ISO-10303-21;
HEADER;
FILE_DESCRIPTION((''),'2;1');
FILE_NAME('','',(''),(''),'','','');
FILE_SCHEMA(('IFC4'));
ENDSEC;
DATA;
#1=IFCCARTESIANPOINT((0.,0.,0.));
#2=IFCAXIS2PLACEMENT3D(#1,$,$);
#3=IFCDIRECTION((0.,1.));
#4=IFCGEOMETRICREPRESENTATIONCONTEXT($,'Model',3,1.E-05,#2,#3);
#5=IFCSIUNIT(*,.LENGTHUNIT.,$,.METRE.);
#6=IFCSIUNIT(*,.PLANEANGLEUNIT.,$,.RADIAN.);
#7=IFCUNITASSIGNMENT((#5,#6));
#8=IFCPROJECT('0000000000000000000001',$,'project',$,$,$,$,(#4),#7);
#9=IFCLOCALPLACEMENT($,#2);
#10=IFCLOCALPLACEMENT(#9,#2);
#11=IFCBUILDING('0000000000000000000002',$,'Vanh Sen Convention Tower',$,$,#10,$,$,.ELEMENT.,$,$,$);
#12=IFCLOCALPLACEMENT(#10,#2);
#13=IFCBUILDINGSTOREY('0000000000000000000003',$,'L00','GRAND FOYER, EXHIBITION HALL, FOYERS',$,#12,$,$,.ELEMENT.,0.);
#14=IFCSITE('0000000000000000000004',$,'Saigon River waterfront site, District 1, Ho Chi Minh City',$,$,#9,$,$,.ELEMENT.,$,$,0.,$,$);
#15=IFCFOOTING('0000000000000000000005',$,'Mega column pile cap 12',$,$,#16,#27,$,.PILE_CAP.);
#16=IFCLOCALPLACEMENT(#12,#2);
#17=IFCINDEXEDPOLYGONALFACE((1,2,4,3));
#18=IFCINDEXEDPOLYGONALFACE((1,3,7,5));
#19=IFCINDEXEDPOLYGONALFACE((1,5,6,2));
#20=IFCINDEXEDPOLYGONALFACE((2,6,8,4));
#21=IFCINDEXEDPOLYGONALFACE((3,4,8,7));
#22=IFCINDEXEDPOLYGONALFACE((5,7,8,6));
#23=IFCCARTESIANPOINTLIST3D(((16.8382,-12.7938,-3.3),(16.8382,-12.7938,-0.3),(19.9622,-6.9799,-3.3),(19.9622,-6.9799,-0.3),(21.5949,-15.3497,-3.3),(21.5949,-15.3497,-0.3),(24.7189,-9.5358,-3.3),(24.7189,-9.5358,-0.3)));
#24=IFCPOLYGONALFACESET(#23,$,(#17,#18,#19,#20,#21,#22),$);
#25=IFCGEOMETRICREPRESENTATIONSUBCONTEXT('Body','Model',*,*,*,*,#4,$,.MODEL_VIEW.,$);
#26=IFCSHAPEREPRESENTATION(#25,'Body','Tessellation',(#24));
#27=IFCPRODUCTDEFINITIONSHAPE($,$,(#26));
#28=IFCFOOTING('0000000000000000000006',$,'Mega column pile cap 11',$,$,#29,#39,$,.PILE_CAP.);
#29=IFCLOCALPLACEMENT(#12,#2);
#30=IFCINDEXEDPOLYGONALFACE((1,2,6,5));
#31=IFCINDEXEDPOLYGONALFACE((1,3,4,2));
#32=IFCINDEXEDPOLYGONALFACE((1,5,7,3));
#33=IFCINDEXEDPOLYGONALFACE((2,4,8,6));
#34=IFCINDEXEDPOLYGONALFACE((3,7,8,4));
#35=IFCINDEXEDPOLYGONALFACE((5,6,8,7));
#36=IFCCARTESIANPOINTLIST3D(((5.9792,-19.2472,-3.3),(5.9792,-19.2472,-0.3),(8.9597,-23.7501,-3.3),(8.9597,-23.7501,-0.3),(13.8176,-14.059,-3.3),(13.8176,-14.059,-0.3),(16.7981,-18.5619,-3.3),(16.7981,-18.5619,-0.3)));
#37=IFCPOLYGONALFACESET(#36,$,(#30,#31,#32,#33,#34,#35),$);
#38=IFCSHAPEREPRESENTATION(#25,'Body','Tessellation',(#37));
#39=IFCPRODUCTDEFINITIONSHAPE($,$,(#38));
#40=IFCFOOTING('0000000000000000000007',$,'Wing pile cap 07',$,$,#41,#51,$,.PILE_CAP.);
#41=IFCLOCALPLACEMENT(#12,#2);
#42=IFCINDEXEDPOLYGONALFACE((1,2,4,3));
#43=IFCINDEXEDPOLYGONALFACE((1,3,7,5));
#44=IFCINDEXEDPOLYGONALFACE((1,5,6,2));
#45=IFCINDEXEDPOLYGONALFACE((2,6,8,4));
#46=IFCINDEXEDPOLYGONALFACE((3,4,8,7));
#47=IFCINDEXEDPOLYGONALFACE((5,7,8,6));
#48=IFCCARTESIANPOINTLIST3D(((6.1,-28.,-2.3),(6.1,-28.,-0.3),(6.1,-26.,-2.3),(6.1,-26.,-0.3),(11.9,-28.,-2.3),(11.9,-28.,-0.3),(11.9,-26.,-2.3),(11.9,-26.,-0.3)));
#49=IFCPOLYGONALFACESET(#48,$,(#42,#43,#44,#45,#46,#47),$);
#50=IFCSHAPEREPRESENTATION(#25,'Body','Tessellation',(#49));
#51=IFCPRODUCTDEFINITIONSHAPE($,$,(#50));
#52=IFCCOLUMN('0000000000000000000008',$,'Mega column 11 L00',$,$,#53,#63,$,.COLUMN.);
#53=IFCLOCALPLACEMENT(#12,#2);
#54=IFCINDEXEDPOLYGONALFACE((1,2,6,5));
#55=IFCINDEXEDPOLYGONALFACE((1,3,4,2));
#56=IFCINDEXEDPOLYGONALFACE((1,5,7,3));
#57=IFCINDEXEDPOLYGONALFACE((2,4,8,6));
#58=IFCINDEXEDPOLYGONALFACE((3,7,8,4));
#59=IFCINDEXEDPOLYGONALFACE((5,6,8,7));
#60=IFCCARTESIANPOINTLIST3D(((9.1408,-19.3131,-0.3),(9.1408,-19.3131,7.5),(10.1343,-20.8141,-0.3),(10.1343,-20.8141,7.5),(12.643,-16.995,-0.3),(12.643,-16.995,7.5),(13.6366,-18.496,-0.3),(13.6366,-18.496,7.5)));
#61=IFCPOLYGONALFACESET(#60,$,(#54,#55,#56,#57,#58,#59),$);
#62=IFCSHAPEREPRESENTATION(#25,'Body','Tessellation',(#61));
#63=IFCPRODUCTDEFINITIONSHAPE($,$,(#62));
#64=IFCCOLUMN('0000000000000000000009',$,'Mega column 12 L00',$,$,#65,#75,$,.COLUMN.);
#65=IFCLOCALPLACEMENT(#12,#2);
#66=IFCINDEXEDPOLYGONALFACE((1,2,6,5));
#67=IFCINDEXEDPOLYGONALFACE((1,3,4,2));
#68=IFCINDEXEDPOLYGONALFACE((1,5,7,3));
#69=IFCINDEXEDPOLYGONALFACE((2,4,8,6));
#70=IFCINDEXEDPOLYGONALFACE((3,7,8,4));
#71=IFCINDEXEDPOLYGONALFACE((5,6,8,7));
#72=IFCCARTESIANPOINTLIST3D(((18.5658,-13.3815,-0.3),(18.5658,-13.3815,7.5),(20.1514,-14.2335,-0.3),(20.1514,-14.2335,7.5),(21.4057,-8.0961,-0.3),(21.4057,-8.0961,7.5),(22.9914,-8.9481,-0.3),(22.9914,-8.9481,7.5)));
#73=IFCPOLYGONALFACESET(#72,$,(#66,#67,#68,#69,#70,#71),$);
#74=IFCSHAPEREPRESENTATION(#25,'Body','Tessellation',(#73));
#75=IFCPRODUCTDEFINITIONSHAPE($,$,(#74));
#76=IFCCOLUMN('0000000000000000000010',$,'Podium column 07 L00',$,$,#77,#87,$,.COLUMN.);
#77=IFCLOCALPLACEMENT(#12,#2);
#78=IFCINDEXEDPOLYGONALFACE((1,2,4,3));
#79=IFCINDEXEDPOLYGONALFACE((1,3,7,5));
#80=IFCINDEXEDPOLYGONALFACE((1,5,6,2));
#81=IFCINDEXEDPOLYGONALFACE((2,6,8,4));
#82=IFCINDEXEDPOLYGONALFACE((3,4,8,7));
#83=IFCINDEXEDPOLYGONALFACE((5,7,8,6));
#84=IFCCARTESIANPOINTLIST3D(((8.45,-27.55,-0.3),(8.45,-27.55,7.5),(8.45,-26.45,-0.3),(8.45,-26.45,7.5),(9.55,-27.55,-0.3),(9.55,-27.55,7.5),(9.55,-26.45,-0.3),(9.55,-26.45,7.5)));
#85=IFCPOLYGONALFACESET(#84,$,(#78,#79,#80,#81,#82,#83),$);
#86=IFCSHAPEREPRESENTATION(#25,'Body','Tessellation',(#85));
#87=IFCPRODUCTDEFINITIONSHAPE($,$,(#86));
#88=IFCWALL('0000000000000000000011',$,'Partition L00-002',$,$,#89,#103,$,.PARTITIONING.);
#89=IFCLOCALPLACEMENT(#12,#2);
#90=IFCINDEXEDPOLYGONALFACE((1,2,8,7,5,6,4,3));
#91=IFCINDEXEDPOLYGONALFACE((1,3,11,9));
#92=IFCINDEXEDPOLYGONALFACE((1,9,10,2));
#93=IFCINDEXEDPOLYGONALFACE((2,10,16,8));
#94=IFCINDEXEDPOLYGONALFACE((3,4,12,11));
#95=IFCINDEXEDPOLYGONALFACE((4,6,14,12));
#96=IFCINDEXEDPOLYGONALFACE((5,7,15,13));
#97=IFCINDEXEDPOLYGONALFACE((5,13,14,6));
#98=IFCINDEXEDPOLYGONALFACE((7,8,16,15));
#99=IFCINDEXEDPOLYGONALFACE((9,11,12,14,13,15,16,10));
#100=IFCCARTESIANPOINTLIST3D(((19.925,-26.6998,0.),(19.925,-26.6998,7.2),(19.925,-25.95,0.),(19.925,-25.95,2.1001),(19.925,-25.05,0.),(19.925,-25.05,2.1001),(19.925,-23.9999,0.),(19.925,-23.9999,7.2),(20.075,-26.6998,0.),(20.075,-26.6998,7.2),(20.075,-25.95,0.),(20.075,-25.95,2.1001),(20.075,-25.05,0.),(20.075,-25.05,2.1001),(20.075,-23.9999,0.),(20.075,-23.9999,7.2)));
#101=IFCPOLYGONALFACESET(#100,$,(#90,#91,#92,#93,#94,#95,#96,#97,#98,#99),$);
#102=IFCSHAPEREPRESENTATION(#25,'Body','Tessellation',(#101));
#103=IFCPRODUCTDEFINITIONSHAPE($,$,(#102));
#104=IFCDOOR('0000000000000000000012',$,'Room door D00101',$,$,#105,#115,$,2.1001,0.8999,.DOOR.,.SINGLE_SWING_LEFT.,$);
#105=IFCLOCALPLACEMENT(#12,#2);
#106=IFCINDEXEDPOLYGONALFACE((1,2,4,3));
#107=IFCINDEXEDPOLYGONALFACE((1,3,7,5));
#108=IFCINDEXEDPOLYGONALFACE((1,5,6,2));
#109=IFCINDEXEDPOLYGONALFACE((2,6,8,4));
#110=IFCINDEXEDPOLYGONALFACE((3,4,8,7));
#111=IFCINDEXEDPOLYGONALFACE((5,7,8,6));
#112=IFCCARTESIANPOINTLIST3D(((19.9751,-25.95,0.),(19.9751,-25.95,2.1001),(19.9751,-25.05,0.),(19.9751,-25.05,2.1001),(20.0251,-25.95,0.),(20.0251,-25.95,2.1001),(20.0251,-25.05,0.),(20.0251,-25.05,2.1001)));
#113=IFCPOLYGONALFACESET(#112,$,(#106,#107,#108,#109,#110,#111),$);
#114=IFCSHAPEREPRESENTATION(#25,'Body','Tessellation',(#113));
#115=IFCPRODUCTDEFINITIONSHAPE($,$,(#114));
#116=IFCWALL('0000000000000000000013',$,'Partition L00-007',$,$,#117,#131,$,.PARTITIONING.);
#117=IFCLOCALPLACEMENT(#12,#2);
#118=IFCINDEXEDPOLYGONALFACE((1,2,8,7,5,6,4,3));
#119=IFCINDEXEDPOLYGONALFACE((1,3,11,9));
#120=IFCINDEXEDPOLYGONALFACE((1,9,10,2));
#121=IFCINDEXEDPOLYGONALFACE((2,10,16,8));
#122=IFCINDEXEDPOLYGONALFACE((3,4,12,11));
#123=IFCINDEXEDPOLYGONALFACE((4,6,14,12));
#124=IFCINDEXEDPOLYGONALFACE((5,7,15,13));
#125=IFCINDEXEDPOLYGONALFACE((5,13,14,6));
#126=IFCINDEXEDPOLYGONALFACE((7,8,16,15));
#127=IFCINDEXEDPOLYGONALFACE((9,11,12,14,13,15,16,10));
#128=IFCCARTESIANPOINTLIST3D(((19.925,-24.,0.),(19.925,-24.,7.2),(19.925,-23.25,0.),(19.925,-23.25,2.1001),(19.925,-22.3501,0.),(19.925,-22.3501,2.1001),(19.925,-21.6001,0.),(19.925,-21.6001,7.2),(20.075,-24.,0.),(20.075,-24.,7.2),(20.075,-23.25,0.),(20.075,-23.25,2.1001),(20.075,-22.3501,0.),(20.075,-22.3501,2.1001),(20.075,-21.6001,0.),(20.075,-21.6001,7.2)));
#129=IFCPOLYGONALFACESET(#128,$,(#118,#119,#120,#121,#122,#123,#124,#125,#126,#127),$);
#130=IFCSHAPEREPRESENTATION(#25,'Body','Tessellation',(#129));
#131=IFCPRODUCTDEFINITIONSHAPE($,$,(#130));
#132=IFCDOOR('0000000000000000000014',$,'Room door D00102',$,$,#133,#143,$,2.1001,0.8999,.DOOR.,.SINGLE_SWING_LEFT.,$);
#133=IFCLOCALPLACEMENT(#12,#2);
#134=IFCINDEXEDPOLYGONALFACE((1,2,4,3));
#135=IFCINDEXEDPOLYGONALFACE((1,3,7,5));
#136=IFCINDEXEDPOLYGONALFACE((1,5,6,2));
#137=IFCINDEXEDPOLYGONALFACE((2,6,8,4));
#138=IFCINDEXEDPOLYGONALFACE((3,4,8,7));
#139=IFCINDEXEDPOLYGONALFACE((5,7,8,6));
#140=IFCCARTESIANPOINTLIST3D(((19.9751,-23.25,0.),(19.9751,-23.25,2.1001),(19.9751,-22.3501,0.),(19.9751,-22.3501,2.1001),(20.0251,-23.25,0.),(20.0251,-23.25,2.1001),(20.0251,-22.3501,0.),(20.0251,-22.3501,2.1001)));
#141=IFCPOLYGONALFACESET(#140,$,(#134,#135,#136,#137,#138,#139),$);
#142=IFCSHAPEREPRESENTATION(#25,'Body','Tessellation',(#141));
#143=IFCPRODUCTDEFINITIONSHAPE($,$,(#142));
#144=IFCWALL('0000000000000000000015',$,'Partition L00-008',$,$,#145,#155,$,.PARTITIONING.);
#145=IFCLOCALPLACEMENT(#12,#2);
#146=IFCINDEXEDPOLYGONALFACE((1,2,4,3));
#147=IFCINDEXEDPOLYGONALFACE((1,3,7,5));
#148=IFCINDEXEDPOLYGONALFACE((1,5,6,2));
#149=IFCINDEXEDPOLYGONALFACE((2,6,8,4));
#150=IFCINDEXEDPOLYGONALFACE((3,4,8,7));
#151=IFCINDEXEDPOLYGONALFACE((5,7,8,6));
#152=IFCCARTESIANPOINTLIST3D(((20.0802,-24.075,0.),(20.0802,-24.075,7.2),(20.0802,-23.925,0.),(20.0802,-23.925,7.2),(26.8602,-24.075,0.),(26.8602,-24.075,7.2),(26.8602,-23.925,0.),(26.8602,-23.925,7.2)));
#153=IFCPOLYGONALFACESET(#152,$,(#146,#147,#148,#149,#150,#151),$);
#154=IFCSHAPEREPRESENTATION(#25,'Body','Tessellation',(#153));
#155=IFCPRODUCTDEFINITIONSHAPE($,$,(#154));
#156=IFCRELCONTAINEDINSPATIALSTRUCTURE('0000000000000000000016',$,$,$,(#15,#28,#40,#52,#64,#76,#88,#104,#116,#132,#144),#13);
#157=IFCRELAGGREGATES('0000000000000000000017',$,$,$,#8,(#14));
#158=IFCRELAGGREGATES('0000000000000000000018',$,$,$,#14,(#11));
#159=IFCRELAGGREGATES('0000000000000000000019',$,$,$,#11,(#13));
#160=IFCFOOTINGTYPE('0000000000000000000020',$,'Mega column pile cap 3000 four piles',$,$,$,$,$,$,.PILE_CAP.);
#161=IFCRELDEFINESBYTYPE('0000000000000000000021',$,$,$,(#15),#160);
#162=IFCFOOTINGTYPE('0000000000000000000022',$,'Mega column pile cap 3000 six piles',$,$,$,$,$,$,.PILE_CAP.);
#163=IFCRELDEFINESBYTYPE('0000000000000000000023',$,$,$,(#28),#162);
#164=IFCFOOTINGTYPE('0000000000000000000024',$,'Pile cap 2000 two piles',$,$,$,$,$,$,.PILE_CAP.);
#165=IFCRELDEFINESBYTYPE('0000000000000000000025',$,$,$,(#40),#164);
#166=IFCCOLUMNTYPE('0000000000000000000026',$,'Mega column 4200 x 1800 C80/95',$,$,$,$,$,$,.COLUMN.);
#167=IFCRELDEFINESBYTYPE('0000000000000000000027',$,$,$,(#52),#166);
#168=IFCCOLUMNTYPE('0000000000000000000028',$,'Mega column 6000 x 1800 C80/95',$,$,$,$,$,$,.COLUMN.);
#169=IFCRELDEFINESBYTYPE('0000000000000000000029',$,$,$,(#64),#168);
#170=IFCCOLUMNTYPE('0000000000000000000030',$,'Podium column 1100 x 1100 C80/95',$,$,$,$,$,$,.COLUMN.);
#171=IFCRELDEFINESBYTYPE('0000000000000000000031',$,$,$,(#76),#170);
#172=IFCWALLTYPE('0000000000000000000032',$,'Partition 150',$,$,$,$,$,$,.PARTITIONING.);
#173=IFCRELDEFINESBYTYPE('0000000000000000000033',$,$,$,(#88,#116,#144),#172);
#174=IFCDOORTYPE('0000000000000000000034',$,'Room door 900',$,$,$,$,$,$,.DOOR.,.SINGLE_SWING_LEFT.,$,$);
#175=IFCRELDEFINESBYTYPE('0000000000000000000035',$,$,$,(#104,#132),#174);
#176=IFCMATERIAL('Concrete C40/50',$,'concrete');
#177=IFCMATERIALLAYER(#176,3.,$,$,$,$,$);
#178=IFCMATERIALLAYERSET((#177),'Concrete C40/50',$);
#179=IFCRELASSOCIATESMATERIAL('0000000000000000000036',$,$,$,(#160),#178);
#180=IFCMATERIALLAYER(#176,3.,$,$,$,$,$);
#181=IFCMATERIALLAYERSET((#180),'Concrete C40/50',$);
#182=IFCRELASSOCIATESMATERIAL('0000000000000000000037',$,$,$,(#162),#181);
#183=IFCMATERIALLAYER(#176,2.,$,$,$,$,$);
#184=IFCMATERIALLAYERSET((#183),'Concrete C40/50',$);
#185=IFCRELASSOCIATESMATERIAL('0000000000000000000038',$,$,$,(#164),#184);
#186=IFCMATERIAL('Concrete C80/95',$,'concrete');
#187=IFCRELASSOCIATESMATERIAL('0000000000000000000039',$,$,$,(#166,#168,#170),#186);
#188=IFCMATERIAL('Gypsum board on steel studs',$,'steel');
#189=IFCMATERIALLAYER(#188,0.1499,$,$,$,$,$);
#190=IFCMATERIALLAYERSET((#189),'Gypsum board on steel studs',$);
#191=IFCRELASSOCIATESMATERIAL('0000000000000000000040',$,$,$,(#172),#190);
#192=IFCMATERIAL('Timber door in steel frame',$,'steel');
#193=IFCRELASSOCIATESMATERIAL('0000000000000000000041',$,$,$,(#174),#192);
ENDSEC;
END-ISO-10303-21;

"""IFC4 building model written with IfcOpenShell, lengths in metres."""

from ifc_helpers import new_model, si_unit, direction, frame, frame_2d, origin, origin_2d, place, context, subcontext, project, spatial, rectangle, extrude, material, layer, layer_set, material_profile, profile_set, type_object, element, fill, save


model = new_model("IFC4")

# Units and contexts
model_context = context("Model", 3, precision=1e-05, world=origin(), true_north=direction((0.0, 1.0)))
body_context = subcontext(model_context, "Body", "Model", "MODEL_VIEW")
ifc_project = project(units=[si_unit("LENGTHUNIT", "METRE"), si_unit("PLANEANGLEUNIT", "RADIAN")], contexts=[model_context])

# Site, building, storey
site_placement = place(None, origin())
site = spatial("IfcSite", under=ifc_project, at=site_placement, Name="Saigon River waterfront site, District 1, Ho Chi Minh City", CompositionType="ELEMENT", RefElevation=0.0)
building_placement = place(site_placement, origin())
building = spatial("IfcBuilding", under=site, at=building_placement, Name="Vanh Sen Convention Tower", CompositionType="ELEMENT")
storey_placement = place(building_placement, origin())
storey = spatial("IfcBuildingStorey", under=building, at=storey_placement, Name="L00", Description="GRAND FOYER, EXHIBITION HALL, FOYERS", CompositionType="ELEMENT", Elevation=0.0)

# Shared definitions
ifc_material_1 = material(Name="Concrete C40/50", Category="concrete")

# Footings
ifc_layer_1 = layer(ifc_material_1, 3.0)
ifc_layer_set_1 = layer_set([ifc_layer_1], Name="Concrete C40/50")
footing_type_1 = type_object("IfcFootingType", Name="Mega column pile cap 3000 four piles", PredefinedType="PILE_CAP", material=ifc_layer_set_1)
footing_1_placement = place(storey_placement, frame((20.7786, -11.1648, -3.3), z_axis=(0.0, 0.0, 1.0), x_axis=(0.473323, 0.880889, 0.0)))
element("IfcFooting", 1, at=footing_1_placement, inside=storey, type_object=footing_type_1, Name="Mega column pile cap 12", PredefinedType="PILE_CAP", context=body_context, shape_type="SweptSolid", body=[
    extrude(rectangle(XDim=6.6001, YDim=5.3999, at=origin_2d()), origin(), (0.0, 0.0, 1.0), 3.0),
])
ifc_layer_2 = layer(ifc_material_1, 3.0)
ifc_layer_set_2 = layer_set([ifc_layer_2], Name="Concrete C40/50")
footing_type_2 = type_object("IfcFootingType", Name="Mega column pile cap 3000 six piles", PredefinedType="PILE_CAP", material=ifc_layer_set_2)
footing_2_placement = place(storey_placement, frame((11.3887, -18.9045, -3.3), z_axis=(0.0, 0.0, 1.0), x_axis=(0.83388, 0.551946, 0.0)))
element("IfcFooting", 2, at=footing_2_placement, inside=storey, type_object=footing_type_2, Name="Mega column pile cap 11", PredefinedType="PILE_CAP", context=body_context, shape_type="SweptSolid", body=[
    extrude(rectangle(XDim=9.3999, YDim=5.3999, at=origin_2d()), origin(), (0.0, 0.0, 1.0), 3.0),
])
ifc_layer_3 = layer(ifc_material_1, 2.0)
ifc_layer_set_3 = layer_set([ifc_layer_3], Name="Concrete C40/50")
footing_type_3 = type_object("IfcFootingType", Name="Pile cap 2000 two piles", PredefinedType="PILE_CAP", material=ifc_layer_set_3)
footing_3_placement = place(storey_placement, frame((9.0, -27.0, -2.3), z_axis=(0.0, 0.0, 1.0), x_axis=(1.0, 0.0, 0.0)))
element("IfcFooting", 3, at=footing_3_placement, inside=storey, type_object=footing_type_3, Name="Wing pile cap 07", PredefinedType="PILE_CAP", context=body_context, shape_type="SweptSolid", body=[
    extrude(rectangle(XDim=5.8, YDim=2.0, at=origin_2d()), origin(), (0.0, 0.0, 1.0), 2.0),
])

# Columns
ifc_material_2 = material(Name="Concrete C80/95", Category="concrete")
ifc_material_profile_1 = material_profile(ifc_material_2, rectangle(XDim=4.2, YDim=1.8, at=origin_2d()), Name="RC 4200X1800")
ifc_profile_set_1 = profile_set([ifc_material_profile_1], Name="Concrete C80/95")
column_type_1 = type_object("IfcColumnType", Name="Mega column 4200 x 1800 C80/95", PredefinedType="COLUMN", material=ifc_profile_set_1)
column_1_placement = place(storey_placement, frame((11.3887, -18.9045, -0.3), z_axis=(0.0, 0.0, 1.0), x_axis=(0.83388, 0.551946, 0.0)))
element("IfcColumn", 4, at=column_1_placement, inside=storey, type_object=column_type_1, Name="Mega column 11 L00", PredefinedType="COLUMN", context=body_context, shape_type="SweptSolid", body=[
    extrude(rectangle(XDim=4.2, YDim=1.8, at=origin_2d()), origin(), (0.0, 0.0, 1.0), 7.8),
])
ifc_material_profile_2 = material_profile(ifc_material_2, rectangle(XDim=6.0, YDim=1.8, at=origin_2d()), Name="RC 6000X1800")
ifc_profile_set_2 = profile_set([ifc_material_profile_2], Name="Concrete C80/95")
column_type_2 = type_object("IfcColumnType", Name="Mega column 6000 x 1800 C80/95", PredefinedType="COLUMN", material=ifc_profile_set_2)
column_2_placement = place(storey_placement, frame((20.7786, -11.1648, -0.3), z_axis=(0.0, 0.0, 1.0), x_axis=(0.473323, 0.880889, 0.0)))
element("IfcColumn", 5, at=column_2_placement, inside=storey, type_object=column_type_2, Name="Mega column 12 L00", PredefinedType="COLUMN", context=body_context, shape_type="SweptSolid", body=[
    extrude(rectangle(XDim=6.0, YDim=1.8, at=origin_2d()), origin(), (0.0, 0.0, 1.0), 7.8),
])
ifc_material_profile_3 = material_profile(ifc_material_2, rectangle(XDim=1.1001, YDim=1.1001, at=origin_2d()), Name="RC 1100X1100")
ifc_profile_set_3 = profile_set([ifc_material_profile_3], Name="Concrete C80/95")
column_type_3 = type_object("IfcColumnType", Name="Podium column 1100 x 1100 C80/95", PredefinedType="COLUMN", material=ifc_profile_set_3)
column_3_placement = place(storey_placement, frame((9.0, -27.0, -0.3), z_axis=(0.0, 0.0, 1.0), x_axis=(1.0, 0.0, 0.0)))
element("IfcColumn", 6, at=column_3_placement, inside=storey, type_object=column_type_3, Name="Podium column 07 L00", PredefinedType="COLUMN", context=body_context, shape_type="SweptSolid", body=[
    extrude(rectangle(XDim=1.1001, YDim=1.1001, at=origin_2d()), origin(), (0.0, 0.0, 1.0), 7.8),
])

# Walls, openings, doors
ifc_material_3 = material(Name="Gypsum board on steel studs", Category="steel")
ifc_layer_4 = layer(ifc_material_3, 0.1499)
ifc_layer_set_4 = layer_set([ifc_layer_4], Name="Gypsum board on steel studs")
wall_type_1 = type_object("IfcWallType", Name="Partition 150", PredefinedType="PARTITIONING", material=ifc_layer_set_4)
wall_1_placement = place(storey_placement, frame((20.0, -26.7, 0.0), z_axis=(0.0, 0.0, 1.0), x_axis=(0.0, 1.0, 0.0)))
wall_1 = element("IfcWall", 7, at=wall_1_placement, inside=storey, type_object=wall_type_1, Name="Partition L00-002", PredefinedType="PARTITIONING", context=body_context, shape_type="SweptSolid", body=[
    extrude(rectangle(XDim=2.7, YDim=0.1499, at=frame_2d((1.3501, 0.0))), origin(), (0.0, 0.0, 1.0), 7.2),
])
opening_1_placement = place(wall_1_placement, frame((0.75, 0.0, 0.0)))
opening_1 = element("IfcOpeningElement", 8, at=opening_1_placement, cuts=wall_1, PredefinedType="OPENING", context=body_context, shape_type="SweptSolid", body=[
    extrude(rectangle(XDim=0.8999, YDim=2.1001, at=frame_2d((0.45, 1.05))), frame((0.0, 0.085, 0.0), z_axis=(0.0, -1.0, 0.0), x_axis=(1.0, 0.0, 0.0)), (0.0, 0.0, 1.0), 0.1699),
])
ifc_material_4 = material(Name="Timber door in steel frame", Category="steel")
door_type_1 = type_object("IfcDoorType", Name="Room door 900", OperationType="SINGLE_SWING_LEFT", PredefinedType="DOOR", material=ifc_material_4)
door_1_placement = place(opening_1_placement, origin())
door_1 = element("IfcDoor", 9, at=door_1_placement, inside=storey, type_object=door_type_1, Name="Room door D00101", OperationType="SINGLE_SWING_LEFT", OverallHeight=2.1001, OverallWidth=0.8999, PredefinedType="DOOR", context=body_context, shape_type="SweptSolid", body=[
    extrude(rectangle(XDim=0.8999, YDim=2.1001, at=frame_2d((0.45, 1.05))), frame((0.0, 0.0249, 0.0), z_axis=(0.0, -1.0, 0.0), x_axis=(1.0, 0.0, 0.0)), (0.0, 0.0, 1.0), 0.05),
])
fill(opening_1, door_1)
wall_2_placement = place(storey_placement, frame((20.0, -24.0, 0.0), z_axis=(0.0, 0.0, 1.0), x_axis=(0.0, 1.0, 0.0)))
wall_2 = element("IfcWall", 10, at=wall_2_placement, inside=storey, type_object=wall_type_1, Name="Partition L00-007", PredefinedType="PARTITIONING", context=body_context, shape_type="SweptSolid", body=[
    extrude(rectangle(XDim=2.3999, YDim=0.1499, at=frame_2d((1.2, 0.0))), origin(), (0.0, 0.0, 1.0), 7.2),
])
opening_2_placement = place(wall_2_placement, frame((0.75, 0.0, 0.0)))
opening_2 = element("IfcOpeningElement", 11, at=opening_2_placement, cuts=wall_2, PredefinedType="OPENING", context=body_context, shape_type="SweptSolid", body=[
    extrude(rectangle(XDim=0.8999, YDim=2.1001, at=frame_2d((0.45, 1.05))), frame((0.0, 0.085, 0.0), z_axis=(0.0, -1.0, 0.0), x_axis=(1.0, 0.0, 0.0)), (0.0, 0.0, 1.0), 0.1699),
])
door_2_placement = place(opening_2_placement, origin())
door_2 = element("IfcDoor", 12, at=door_2_placement, inside=storey, type_object=door_type_1, Name="Room door D00102", OperationType="SINGLE_SWING_LEFT", OverallHeight=2.1001, OverallWidth=0.8999, PredefinedType="DOOR", context=body_context, shape_type="SweptSolid", body=[
    extrude(rectangle(XDim=0.8999, YDim=2.1001, at=frame_2d((0.45, 1.05))), frame((0.0, 0.0249, 0.0), z_axis=(0.0, -1.0, 0.0), x_axis=(1.0, 0.0, 0.0)), (0.0, 0.0, 1.0), 0.05),
])
fill(opening_2, door_2)

# Wall
wall_3_placement = place(storey_placement, frame((20.0801, -24.0, 0.0), z_axis=(0.0, 0.0, 1.0), x_axis=(1.0, 0.0, 0.0)))
element("IfcWall", 13, at=wall_3_placement, inside=storey, type_object=wall_type_1, Name="Partition L00-008", PredefinedType="PARTITIONING", context=body_context, shape_type="SweptSolid", body=[
    extrude(rectangle(XDim=6.78, YDim=0.1499, at=frame_2d((3.3901, 0.0))), origin(), (0.0, 0.0, 1.0), 7.2),
])

save(model, "model.ifc")
